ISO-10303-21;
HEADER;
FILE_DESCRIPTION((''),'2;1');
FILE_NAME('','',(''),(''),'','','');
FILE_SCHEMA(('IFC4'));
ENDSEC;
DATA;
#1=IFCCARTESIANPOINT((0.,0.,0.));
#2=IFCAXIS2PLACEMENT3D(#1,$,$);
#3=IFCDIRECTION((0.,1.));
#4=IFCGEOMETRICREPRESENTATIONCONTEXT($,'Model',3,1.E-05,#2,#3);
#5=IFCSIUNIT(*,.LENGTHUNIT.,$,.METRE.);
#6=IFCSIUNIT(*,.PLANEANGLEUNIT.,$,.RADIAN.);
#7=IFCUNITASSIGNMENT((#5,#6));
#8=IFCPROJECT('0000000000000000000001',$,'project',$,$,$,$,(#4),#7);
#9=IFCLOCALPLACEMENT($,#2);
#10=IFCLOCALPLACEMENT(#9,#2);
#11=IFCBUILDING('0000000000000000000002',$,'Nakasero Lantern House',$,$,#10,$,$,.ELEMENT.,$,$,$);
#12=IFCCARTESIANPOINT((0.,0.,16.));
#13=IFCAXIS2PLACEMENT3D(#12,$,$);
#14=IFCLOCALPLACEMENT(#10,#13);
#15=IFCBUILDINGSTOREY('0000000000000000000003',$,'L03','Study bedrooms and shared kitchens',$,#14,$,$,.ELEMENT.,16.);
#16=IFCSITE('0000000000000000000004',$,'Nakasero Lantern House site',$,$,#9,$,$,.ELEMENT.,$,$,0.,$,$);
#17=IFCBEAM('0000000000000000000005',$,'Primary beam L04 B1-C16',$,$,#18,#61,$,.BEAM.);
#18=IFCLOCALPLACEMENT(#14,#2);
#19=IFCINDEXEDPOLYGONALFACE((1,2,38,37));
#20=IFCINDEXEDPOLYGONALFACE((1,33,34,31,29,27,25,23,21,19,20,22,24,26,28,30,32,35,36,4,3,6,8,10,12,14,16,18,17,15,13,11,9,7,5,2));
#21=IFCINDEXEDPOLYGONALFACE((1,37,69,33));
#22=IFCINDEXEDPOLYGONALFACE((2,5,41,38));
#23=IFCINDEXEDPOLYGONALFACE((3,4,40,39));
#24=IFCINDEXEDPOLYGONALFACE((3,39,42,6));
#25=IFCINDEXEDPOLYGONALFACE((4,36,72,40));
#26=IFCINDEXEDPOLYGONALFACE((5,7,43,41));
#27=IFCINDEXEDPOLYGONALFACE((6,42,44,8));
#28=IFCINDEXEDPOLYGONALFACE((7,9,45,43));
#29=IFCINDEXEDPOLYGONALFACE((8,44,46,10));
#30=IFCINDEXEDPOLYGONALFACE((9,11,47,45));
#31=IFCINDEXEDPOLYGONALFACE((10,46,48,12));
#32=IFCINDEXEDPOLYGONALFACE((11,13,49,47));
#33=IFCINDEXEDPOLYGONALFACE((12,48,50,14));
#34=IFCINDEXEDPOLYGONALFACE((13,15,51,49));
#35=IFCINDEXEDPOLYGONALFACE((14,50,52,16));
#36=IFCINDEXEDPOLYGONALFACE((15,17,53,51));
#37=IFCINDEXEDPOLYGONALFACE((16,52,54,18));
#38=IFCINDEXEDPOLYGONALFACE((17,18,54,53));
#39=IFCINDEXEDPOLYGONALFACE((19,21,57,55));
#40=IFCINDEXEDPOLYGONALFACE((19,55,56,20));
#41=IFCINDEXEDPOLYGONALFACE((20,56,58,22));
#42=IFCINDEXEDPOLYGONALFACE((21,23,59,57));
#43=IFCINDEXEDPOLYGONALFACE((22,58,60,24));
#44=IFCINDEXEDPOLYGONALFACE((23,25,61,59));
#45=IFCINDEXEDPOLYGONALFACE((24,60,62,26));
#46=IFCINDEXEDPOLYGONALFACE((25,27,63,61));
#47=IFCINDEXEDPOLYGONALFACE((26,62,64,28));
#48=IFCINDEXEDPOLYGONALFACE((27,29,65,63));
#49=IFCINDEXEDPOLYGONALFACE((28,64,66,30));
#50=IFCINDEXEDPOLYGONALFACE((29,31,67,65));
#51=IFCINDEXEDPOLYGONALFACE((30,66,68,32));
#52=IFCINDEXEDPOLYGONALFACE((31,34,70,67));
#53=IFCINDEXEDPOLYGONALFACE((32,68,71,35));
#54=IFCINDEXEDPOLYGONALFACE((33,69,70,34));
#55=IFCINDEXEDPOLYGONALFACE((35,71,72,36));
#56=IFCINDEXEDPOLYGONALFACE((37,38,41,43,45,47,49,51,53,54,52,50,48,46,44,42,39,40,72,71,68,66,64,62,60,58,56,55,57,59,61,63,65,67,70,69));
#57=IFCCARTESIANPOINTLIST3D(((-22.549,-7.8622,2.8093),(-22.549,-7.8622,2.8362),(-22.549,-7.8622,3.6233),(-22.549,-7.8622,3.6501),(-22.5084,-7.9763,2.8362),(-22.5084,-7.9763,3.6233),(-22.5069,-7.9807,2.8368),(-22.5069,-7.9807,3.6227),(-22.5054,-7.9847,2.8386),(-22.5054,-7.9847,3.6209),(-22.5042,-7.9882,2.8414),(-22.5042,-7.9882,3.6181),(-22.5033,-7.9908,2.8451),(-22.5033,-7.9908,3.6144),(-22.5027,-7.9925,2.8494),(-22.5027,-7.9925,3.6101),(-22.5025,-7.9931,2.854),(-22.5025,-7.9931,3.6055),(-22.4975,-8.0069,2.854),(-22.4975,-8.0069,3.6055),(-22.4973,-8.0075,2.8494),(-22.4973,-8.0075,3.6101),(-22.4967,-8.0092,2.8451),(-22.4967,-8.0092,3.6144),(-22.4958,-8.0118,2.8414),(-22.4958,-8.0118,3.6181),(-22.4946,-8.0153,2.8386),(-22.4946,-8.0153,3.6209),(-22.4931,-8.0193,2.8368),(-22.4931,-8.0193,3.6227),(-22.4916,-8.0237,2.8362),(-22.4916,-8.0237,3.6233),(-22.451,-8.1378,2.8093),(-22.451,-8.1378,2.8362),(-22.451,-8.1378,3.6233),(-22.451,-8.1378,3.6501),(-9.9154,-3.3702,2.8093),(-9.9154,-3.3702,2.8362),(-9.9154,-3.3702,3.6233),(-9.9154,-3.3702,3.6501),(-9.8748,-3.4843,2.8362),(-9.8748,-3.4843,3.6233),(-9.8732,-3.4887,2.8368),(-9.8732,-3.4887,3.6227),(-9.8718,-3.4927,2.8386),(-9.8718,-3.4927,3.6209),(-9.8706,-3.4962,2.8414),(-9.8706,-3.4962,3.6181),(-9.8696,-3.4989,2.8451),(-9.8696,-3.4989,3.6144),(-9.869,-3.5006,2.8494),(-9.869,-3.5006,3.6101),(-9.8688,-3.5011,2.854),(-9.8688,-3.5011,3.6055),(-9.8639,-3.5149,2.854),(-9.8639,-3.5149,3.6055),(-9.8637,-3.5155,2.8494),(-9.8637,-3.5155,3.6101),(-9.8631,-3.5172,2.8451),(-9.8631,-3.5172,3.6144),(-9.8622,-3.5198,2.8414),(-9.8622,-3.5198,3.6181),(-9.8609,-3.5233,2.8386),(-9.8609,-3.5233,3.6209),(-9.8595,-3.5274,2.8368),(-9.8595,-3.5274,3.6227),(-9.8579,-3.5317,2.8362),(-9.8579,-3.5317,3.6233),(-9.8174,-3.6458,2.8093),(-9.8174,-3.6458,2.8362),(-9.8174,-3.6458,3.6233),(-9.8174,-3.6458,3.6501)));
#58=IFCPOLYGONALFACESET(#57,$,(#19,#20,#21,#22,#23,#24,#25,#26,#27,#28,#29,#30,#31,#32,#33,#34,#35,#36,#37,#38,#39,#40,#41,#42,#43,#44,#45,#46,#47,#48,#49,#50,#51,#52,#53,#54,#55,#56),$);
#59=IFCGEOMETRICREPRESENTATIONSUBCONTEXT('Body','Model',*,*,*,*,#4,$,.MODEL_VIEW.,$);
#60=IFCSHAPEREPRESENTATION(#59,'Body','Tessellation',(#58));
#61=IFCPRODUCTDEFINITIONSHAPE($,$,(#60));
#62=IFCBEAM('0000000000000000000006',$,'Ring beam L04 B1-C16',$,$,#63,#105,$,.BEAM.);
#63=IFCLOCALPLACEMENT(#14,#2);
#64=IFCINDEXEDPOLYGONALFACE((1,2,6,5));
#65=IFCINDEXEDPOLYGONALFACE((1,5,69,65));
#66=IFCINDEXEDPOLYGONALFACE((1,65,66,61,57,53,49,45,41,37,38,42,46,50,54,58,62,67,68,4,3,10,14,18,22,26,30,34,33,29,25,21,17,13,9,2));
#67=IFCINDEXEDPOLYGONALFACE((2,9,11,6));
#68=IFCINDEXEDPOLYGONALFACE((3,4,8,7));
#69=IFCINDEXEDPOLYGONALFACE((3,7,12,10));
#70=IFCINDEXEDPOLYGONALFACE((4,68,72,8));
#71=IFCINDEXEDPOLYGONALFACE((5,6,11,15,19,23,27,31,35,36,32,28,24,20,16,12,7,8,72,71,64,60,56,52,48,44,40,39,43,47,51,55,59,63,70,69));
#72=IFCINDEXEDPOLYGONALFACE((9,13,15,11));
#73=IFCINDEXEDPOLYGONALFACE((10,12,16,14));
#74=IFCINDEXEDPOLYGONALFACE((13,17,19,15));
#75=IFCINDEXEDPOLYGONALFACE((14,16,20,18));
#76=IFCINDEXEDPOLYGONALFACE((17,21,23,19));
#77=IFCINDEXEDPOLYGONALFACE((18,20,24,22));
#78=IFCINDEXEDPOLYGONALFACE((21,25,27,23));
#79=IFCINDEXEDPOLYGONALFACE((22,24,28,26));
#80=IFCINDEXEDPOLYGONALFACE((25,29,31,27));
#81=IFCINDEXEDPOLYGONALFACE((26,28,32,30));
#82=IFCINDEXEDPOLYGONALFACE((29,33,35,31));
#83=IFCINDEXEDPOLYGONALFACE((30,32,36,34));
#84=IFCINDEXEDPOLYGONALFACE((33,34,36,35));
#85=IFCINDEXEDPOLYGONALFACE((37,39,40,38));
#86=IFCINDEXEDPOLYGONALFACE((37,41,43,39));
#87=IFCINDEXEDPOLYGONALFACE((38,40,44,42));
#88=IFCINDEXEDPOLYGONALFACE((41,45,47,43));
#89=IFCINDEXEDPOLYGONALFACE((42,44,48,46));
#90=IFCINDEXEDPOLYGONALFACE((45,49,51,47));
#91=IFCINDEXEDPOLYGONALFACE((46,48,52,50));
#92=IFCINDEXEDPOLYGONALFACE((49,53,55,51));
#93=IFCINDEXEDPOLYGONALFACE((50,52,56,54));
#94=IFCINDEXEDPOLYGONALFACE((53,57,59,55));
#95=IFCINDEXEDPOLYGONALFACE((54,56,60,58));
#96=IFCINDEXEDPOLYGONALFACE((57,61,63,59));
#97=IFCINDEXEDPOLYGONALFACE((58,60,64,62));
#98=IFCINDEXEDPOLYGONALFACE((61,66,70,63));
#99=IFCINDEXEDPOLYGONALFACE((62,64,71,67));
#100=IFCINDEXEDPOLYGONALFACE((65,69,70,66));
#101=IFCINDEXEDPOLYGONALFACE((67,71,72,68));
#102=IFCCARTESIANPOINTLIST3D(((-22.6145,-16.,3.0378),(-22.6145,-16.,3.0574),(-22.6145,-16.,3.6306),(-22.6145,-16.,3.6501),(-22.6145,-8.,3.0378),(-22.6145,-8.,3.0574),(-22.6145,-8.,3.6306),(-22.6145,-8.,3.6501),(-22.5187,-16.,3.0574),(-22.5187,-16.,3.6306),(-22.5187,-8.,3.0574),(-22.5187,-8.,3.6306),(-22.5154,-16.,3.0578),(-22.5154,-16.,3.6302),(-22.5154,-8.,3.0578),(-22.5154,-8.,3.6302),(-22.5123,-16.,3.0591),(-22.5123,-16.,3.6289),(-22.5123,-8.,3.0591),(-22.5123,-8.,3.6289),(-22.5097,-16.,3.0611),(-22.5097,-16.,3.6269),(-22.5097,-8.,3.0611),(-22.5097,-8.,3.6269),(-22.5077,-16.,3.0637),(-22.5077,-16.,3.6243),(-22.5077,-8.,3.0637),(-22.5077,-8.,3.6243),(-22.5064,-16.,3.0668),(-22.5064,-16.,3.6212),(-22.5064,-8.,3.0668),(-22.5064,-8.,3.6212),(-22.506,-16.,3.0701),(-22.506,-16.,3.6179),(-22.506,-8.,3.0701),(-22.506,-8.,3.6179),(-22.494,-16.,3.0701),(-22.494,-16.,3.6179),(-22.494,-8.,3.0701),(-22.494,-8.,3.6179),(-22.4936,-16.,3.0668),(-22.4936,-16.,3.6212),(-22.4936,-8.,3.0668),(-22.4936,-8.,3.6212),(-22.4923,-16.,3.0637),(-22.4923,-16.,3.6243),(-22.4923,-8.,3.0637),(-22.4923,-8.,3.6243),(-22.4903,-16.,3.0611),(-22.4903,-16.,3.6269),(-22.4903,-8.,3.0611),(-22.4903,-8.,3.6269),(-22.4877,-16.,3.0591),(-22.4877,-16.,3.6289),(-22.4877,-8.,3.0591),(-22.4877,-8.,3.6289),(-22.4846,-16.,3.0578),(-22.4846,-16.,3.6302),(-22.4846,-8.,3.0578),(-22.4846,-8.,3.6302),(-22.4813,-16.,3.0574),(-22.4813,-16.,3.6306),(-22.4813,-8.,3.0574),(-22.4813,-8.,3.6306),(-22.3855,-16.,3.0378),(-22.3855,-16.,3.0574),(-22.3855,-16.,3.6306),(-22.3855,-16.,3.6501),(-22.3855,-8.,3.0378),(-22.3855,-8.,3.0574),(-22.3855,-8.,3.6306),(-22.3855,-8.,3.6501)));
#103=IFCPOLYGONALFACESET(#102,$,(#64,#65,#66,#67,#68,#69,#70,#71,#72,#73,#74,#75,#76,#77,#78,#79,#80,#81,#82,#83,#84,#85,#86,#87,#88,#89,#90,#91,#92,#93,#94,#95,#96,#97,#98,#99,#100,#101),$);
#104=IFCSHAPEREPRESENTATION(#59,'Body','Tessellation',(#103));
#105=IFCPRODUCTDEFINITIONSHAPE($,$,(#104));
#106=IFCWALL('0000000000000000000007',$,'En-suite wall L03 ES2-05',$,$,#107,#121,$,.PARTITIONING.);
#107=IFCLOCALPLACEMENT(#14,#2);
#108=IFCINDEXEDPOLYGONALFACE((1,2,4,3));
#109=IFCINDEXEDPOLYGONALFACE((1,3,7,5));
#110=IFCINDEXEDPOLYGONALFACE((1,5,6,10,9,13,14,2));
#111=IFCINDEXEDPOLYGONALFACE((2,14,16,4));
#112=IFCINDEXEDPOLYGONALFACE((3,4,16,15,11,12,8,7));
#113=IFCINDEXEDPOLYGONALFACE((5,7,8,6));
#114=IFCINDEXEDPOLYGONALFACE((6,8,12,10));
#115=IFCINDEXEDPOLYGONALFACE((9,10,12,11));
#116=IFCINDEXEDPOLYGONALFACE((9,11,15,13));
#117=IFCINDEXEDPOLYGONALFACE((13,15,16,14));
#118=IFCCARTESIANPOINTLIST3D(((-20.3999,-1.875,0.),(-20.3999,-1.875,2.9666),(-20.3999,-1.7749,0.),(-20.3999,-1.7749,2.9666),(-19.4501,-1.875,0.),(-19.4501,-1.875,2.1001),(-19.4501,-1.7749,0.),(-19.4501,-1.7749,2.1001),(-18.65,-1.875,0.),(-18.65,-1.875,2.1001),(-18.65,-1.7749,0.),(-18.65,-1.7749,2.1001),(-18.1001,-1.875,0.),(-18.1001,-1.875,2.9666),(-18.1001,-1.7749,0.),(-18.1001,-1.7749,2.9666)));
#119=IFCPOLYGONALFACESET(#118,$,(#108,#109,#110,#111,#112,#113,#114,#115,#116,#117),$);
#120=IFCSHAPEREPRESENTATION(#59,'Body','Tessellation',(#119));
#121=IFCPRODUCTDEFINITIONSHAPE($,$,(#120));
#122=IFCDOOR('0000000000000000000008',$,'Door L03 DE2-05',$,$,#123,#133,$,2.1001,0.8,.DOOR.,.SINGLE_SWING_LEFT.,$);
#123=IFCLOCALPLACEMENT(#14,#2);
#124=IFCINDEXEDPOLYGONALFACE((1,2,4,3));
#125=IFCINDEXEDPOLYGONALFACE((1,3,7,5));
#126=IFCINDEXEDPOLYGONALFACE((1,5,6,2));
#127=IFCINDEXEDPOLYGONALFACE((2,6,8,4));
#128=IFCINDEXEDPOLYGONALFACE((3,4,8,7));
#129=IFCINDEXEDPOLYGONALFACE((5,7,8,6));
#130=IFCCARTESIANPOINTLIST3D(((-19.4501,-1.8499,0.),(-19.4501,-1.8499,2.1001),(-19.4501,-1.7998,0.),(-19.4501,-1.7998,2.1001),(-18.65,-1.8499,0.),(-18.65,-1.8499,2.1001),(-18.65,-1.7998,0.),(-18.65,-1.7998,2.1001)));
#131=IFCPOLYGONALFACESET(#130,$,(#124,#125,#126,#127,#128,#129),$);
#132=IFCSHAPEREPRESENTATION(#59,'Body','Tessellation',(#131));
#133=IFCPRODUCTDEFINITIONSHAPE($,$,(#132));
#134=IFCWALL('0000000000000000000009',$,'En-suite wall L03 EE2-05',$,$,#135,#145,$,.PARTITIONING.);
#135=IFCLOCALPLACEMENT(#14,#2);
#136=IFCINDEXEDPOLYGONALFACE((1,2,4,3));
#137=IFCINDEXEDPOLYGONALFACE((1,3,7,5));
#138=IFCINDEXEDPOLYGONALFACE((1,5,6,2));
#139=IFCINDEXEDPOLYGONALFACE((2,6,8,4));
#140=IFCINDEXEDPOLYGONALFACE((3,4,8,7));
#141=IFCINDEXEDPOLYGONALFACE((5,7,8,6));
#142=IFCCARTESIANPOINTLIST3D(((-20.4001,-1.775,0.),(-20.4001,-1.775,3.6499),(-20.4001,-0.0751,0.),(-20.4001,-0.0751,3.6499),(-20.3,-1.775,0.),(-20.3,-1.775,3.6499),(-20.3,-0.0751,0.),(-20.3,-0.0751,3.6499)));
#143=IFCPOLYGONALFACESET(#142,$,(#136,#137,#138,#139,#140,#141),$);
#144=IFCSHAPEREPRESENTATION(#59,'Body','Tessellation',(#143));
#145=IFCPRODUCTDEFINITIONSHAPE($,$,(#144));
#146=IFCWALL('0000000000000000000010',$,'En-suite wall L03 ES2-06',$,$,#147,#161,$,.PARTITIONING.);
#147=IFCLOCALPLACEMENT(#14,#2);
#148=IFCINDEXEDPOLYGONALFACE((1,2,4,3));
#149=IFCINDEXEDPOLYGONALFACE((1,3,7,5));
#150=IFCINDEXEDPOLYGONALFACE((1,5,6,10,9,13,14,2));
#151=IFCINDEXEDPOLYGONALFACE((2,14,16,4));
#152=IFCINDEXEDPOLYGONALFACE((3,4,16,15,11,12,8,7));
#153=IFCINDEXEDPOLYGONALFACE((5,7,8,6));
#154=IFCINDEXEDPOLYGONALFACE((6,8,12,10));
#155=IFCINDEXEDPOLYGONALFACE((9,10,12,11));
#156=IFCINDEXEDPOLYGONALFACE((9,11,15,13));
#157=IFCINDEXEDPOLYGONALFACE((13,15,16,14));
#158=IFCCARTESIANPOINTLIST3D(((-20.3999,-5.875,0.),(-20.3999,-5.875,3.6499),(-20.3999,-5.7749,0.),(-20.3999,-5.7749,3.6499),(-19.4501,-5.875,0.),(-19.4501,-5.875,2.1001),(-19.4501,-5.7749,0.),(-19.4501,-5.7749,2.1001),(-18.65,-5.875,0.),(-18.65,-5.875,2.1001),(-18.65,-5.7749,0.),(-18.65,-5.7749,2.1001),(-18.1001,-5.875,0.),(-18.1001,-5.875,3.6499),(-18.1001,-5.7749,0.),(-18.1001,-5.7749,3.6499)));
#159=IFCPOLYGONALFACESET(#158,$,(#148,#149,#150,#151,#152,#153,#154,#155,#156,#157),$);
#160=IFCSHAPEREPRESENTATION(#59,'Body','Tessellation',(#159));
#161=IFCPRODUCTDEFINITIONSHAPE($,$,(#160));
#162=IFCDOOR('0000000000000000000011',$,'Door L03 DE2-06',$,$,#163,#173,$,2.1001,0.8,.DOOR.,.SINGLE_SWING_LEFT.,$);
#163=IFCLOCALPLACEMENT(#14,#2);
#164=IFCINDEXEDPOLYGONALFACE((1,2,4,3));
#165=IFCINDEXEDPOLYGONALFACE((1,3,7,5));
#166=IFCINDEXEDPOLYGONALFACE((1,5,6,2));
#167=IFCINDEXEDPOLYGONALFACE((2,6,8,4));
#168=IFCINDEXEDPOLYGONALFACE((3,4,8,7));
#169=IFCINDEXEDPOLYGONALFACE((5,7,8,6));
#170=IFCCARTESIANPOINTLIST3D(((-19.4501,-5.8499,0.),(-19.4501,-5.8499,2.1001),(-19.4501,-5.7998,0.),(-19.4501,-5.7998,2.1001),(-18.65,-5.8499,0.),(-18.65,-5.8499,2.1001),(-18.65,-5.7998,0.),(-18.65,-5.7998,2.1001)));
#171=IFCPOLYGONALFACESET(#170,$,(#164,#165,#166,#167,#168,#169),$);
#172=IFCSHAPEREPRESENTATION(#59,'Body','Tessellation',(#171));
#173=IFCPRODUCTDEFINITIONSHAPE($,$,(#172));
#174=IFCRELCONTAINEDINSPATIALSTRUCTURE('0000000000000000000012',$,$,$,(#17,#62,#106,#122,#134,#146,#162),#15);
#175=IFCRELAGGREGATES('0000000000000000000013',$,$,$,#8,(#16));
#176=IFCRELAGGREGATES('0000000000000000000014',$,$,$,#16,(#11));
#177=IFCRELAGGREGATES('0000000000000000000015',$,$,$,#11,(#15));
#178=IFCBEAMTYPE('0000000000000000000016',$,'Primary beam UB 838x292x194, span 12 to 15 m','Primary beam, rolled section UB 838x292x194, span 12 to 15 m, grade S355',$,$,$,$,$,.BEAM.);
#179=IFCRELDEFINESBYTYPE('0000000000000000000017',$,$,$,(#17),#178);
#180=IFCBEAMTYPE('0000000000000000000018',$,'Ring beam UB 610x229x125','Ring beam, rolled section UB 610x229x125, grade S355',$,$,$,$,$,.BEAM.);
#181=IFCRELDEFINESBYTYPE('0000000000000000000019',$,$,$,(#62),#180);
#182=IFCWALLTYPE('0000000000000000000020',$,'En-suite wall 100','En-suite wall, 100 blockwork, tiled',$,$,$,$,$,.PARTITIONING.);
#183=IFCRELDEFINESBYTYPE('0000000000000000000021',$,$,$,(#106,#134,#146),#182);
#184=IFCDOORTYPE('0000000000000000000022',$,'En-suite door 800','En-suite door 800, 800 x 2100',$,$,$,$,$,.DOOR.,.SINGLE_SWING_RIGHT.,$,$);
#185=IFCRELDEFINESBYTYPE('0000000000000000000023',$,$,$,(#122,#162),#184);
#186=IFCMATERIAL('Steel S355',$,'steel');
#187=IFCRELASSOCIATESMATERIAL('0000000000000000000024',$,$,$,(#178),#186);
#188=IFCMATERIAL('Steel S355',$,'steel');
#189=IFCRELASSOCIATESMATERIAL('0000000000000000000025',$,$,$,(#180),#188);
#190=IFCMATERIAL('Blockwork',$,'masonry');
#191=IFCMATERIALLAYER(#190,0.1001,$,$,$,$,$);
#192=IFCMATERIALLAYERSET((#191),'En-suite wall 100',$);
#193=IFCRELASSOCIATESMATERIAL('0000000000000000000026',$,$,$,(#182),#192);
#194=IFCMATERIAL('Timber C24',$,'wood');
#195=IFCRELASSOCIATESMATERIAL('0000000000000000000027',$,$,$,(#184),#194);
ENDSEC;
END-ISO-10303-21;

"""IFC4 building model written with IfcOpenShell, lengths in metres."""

from ifc_helpers import new_model, si_unit, direction, frame, frame_2d, origin, origin_2d, place, context, subcontext, project, spatial, rectangle, i_section, extrude, material, layer, layer_set, material_profile, profile_set, type_object, element, fill, save


model = new_model("IFC4")

# Units and contexts
model_context = context("Model", 3, precision=1e-05, world=origin(), true_north=direction((0.0, 1.0)))
body_context = subcontext(model_context, "Body", "Model", "MODEL_VIEW")
ifc_project = project(units=[si_unit("LENGTHUNIT", "METRE"), si_unit("PLANEANGLEUNIT", "RADIAN")], contexts=[model_context])

# Site, building, storey
site_placement = place(None, origin())
site = spatial("IfcSite", under=ifc_project, at=site_placement, Name="Nakasero Lantern House site", CompositionType="ELEMENT", RefElevation=0.0)
building_placement = place(site_placement, origin())
building = spatial("IfcBuilding", under=site, at=building_placement, Name="Nakasero Lantern House", CompositionType="ELEMENT")
storey_placement = place(building_placement, frame((0.0, 0.0, 16.0)))
storey = spatial("IfcBuildingStorey", under=building, at=storey_placement, Name="L03", Description="Study bedrooms and shared kitchens", CompositionType="ELEMENT", Elevation=16.0)

# Beams
ifc_material_1 = material(Name="Steel S355", Category="steel")
ifc_material_profile_1 = material_profile(ifc_material_1, i_section(OverallWidth=0.2925, OverallDepth=0.8408, WebThickness=0.0146, FlangeThickness=0.0269, FilletRadius=0.0178, at=origin_2d()), Name="UB 838x292x194")
ifc_profile_set_1 = profile_set([ifc_material_profile_1], Name="Steel S355")
beam_type_1 = type_object("IfcBeamType", Name="Primary beam UB 838x292x194, span 12 to 15 m", Description="Primary beam, rolled section UB 838x292x194, span 12 to 15 m, grade S355", PredefinedType="BEAM", material=ifc_profile_set_1)
beam_1_placement = place(storey_placement, frame((-22.5, -8.0, 3.2297), z_axis=(0.942214, 0.335011, 0.0), x_axis=(-0.335011, 0.942214, 0.0)))
element("IfcBeam", 1, at=beam_1_placement, inside=storey, type_object=beam_type_1, Name="Primary beam L04 B1-C16", PredefinedType="BEAM", context=body_context, shape_type="SweptSolid", body=[
    extrude(i_section(OverallWidth=0.2925, OverallDepth=0.8408, WebThickness=0.0146, FlangeThickness=0.0269, FilletRadius=0.0178, at=origin_2d()), origin(), (0.0, 0.0, 1.0), 13.4084),
])
ifc_material_2 = material(Name="Steel S355", Category="steel")
ifc_material_profile_2 = material_profile(ifc_material_2, i_section(OverallWidth=0.229, OverallDepth=0.6123, WebThickness=0.012, FlangeThickness=0.0195, FilletRadius=0.0127, at=origin_2d()), Name="UB 610x229x125")
ifc_profile_set_2 = profile_set([ifc_material_profile_2], Name="Steel S355")
beam_type_2 = type_object("IfcBeamType", Name="Ring beam UB 610x229x125", Description="Ring beam, rolled section UB 610x229x125, grade S355", PredefinedType="BEAM", material=ifc_profile_set_2)
beam_2_placement = place(storey_placement, frame((-22.5, -8.0, 3.344), z_axis=(0.0, -1.0, 0.0), x_axis=(1.0, 0.0, 0.0)))
element("IfcBeam", 2, at=beam_2_placement, inside=storey, type_object=beam_type_2, Name="Ring beam L04 B1-C16", PredefinedType="BEAM", context=body_context, shape_type="SweptSolid", body=[
    extrude(i_section(OverallWidth=0.229, OverallDepth=0.6123, WebThickness=0.012, FlangeThickness=0.0195, FilletRadius=0.0127, at=origin_2d()), origin(), (0.0, 0.0, 1.0), 8.0),
])

# Wall, opening, door
ifc_material_3 = material(Name="Blockwork", Category="masonry")
ifc_layer_1 = layer(ifc_material_3, 0.1001)
ifc_layer_set_1 = layer_set([ifc_layer_1], Name="En-suite wall 100")
wall_type_1 = type_object("IfcWallType", Name="En-suite wall 100", Description="En-suite wall, 100 blockwork, tiled", PredefinedType="PARTITIONING", material=ifc_layer_set_1)
wall_1_placement = place(storey_placement, frame((-18.1001, -1.825, 0.0), z_axis=(0.0, 0.0, 1.0), x_axis=(-1.0, 0.0, 0.0)))
wall_1 = element("IfcWall", 3, at=wall_1_placement, inside=storey, type_object=wall_type_1, Name="En-suite wall L03 ES2-05", PredefinedType="PARTITIONING", context=body_context, shape_type="SweptSolid", body=[
    extrude(rectangle(XDim=2.2998, YDim=0.1001, at=frame_2d((1.1499, 0.0))), origin(), (0.0, 0.0, 1.0), 2.9666),
])
opening_1_placement = place(wall_1_placement, frame((0.55, 0.0, 0.0)))
opening_1 = element("IfcOpeningElement", 4, at=opening_1_placement, cuts=wall_1, PredefinedType="OPENING", context=body_context, shape_type="SweptSolid", body=[
    extrude(rectangle(XDim=0.8, YDim=2.1001, at=frame_2d((0.3999, 1.05))), frame((0.0, 0.0701, 0.0), z_axis=(0.0, -1.0, 0.0), x_axis=(1.0, 0.0, 0.0)), (0.0, 0.0, 1.0), 0.1401),
])
ifc_material_4 = material(Name="Timber C24", Category="wood")
door_type = type_object("IfcDoorType", Name="En-suite door 800", Description="En-suite door 800, 800 x 2100", OperationType="SINGLE_SWING_RIGHT", PredefinedType="DOOR", material=ifc_material_4)
door_1_placement = place(opening_1_placement, origin())
door_1 = element("IfcDoor", 5, at=door_1_placement, inside=storey, type_object=door_type, Name="Door L03 DE2-05", OperationType="SINGLE_SWING_LEFT", OverallHeight=2.1001, OverallWidth=0.8, PredefinedType="DOOR", context=body_context, shape_type="SweptSolid", body=[
    extrude(rectangle(XDim=0.8, YDim=2.1001, at=frame_2d((0.3999, 1.05))), frame((0.0, 0.0249, 0.0), z_axis=(0.0, -1.0, 0.0), x_axis=(1.0, 0.0, 0.0)), (0.0, 0.0, 1.0), 0.05),
])
fill(opening_1, door_1)

# Wall
wall_2_placement = place(storey_placement, frame((-20.3501, -0.075, 0.0), z_axis=(0.0, 0.0, 1.0), x_axis=(0.0, -1.0, 0.0)))
element("IfcWall", 6, at=wall_2_placement, inside=storey, type_object=wall_type_1, Name="En-suite wall L03 EE2-05", PredefinedType="PARTITIONING", context=body_context, shape_type="SweptSolid", body=[
    extrude(rectangle(XDim=1.7, YDim=0.1001, at=frame_2d((0.8501, 0.0))), origin(), (0.0, 0.0, 1.0), 3.6499),
])

# Wall, opening, door
wall_3_placement = place(storey_placement, frame((-18.1001, -5.825, 0.0), z_axis=(0.0, 0.0, 1.0), x_axis=(-1.0, 0.0, 0.0)))
wall_3 = element("IfcWall", 7, at=wall_3_placement, inside=storey, type_object=wall_type_1, Name="En-suite wall L03 ES2-06", PredefinedType="PARTITIONING", context=body_context, shape_type="SweptSolid", body=[
    extrude(rectangle(XDim=2.2998, YDim=0.1001, at=frame_2d((1.1499, 0.0))), origin(), (0.0, 0.0, 1.0), 3.6499),
])
opening_2_placement = place(wall_3_placement, frame((0.55, 0.0, 0.0)))
opening_2 = element("IfcOpeningElement", 8, at=opening_2_placement, cuts=wall_3, PredefinedType="OPENING", context=body_context, shape_type="SweptSolid", body=[
    extrude(rectangle(XDim=0.8, YDim=2.1001, at=frame_2d((0.3999, 1.05))), frame((0.0, 0.0701, 0.0), z_axis=(0.0, -1.0, 0.0), x_axis=(1.0, 0.0, 0.0)), (0.0, 0.0, 1.0), 0.1401),
])
door_2_placement = place(opening_2_placement, origin())
door_2 = element("IfcDoor", 9, at=door_2_placement, inside=storey, type_object=door_type, Name="Door L03 DE2-06", OperationType="SINGLE_SWING_LEFT", OverallHeight=2.1001, OverallWidth=0.8, PredefinedType="DOOR", context=body_context, shape_type="SweptSolid", body=[
    extrude(rectangle(XDim=0.8, YDim=2.1001, at=frame_2d((0.3999, 1.05))), frame((0.0, 0.0249, 0.0), z_axis=(0.0, -1.0, 0.0), x_axis=(1.0, 0.0, 0.0)), (0.0, 0.0, 1.0), 0.05),
])
fill(opening_2, door_2)

save(model, "model.ifc")
